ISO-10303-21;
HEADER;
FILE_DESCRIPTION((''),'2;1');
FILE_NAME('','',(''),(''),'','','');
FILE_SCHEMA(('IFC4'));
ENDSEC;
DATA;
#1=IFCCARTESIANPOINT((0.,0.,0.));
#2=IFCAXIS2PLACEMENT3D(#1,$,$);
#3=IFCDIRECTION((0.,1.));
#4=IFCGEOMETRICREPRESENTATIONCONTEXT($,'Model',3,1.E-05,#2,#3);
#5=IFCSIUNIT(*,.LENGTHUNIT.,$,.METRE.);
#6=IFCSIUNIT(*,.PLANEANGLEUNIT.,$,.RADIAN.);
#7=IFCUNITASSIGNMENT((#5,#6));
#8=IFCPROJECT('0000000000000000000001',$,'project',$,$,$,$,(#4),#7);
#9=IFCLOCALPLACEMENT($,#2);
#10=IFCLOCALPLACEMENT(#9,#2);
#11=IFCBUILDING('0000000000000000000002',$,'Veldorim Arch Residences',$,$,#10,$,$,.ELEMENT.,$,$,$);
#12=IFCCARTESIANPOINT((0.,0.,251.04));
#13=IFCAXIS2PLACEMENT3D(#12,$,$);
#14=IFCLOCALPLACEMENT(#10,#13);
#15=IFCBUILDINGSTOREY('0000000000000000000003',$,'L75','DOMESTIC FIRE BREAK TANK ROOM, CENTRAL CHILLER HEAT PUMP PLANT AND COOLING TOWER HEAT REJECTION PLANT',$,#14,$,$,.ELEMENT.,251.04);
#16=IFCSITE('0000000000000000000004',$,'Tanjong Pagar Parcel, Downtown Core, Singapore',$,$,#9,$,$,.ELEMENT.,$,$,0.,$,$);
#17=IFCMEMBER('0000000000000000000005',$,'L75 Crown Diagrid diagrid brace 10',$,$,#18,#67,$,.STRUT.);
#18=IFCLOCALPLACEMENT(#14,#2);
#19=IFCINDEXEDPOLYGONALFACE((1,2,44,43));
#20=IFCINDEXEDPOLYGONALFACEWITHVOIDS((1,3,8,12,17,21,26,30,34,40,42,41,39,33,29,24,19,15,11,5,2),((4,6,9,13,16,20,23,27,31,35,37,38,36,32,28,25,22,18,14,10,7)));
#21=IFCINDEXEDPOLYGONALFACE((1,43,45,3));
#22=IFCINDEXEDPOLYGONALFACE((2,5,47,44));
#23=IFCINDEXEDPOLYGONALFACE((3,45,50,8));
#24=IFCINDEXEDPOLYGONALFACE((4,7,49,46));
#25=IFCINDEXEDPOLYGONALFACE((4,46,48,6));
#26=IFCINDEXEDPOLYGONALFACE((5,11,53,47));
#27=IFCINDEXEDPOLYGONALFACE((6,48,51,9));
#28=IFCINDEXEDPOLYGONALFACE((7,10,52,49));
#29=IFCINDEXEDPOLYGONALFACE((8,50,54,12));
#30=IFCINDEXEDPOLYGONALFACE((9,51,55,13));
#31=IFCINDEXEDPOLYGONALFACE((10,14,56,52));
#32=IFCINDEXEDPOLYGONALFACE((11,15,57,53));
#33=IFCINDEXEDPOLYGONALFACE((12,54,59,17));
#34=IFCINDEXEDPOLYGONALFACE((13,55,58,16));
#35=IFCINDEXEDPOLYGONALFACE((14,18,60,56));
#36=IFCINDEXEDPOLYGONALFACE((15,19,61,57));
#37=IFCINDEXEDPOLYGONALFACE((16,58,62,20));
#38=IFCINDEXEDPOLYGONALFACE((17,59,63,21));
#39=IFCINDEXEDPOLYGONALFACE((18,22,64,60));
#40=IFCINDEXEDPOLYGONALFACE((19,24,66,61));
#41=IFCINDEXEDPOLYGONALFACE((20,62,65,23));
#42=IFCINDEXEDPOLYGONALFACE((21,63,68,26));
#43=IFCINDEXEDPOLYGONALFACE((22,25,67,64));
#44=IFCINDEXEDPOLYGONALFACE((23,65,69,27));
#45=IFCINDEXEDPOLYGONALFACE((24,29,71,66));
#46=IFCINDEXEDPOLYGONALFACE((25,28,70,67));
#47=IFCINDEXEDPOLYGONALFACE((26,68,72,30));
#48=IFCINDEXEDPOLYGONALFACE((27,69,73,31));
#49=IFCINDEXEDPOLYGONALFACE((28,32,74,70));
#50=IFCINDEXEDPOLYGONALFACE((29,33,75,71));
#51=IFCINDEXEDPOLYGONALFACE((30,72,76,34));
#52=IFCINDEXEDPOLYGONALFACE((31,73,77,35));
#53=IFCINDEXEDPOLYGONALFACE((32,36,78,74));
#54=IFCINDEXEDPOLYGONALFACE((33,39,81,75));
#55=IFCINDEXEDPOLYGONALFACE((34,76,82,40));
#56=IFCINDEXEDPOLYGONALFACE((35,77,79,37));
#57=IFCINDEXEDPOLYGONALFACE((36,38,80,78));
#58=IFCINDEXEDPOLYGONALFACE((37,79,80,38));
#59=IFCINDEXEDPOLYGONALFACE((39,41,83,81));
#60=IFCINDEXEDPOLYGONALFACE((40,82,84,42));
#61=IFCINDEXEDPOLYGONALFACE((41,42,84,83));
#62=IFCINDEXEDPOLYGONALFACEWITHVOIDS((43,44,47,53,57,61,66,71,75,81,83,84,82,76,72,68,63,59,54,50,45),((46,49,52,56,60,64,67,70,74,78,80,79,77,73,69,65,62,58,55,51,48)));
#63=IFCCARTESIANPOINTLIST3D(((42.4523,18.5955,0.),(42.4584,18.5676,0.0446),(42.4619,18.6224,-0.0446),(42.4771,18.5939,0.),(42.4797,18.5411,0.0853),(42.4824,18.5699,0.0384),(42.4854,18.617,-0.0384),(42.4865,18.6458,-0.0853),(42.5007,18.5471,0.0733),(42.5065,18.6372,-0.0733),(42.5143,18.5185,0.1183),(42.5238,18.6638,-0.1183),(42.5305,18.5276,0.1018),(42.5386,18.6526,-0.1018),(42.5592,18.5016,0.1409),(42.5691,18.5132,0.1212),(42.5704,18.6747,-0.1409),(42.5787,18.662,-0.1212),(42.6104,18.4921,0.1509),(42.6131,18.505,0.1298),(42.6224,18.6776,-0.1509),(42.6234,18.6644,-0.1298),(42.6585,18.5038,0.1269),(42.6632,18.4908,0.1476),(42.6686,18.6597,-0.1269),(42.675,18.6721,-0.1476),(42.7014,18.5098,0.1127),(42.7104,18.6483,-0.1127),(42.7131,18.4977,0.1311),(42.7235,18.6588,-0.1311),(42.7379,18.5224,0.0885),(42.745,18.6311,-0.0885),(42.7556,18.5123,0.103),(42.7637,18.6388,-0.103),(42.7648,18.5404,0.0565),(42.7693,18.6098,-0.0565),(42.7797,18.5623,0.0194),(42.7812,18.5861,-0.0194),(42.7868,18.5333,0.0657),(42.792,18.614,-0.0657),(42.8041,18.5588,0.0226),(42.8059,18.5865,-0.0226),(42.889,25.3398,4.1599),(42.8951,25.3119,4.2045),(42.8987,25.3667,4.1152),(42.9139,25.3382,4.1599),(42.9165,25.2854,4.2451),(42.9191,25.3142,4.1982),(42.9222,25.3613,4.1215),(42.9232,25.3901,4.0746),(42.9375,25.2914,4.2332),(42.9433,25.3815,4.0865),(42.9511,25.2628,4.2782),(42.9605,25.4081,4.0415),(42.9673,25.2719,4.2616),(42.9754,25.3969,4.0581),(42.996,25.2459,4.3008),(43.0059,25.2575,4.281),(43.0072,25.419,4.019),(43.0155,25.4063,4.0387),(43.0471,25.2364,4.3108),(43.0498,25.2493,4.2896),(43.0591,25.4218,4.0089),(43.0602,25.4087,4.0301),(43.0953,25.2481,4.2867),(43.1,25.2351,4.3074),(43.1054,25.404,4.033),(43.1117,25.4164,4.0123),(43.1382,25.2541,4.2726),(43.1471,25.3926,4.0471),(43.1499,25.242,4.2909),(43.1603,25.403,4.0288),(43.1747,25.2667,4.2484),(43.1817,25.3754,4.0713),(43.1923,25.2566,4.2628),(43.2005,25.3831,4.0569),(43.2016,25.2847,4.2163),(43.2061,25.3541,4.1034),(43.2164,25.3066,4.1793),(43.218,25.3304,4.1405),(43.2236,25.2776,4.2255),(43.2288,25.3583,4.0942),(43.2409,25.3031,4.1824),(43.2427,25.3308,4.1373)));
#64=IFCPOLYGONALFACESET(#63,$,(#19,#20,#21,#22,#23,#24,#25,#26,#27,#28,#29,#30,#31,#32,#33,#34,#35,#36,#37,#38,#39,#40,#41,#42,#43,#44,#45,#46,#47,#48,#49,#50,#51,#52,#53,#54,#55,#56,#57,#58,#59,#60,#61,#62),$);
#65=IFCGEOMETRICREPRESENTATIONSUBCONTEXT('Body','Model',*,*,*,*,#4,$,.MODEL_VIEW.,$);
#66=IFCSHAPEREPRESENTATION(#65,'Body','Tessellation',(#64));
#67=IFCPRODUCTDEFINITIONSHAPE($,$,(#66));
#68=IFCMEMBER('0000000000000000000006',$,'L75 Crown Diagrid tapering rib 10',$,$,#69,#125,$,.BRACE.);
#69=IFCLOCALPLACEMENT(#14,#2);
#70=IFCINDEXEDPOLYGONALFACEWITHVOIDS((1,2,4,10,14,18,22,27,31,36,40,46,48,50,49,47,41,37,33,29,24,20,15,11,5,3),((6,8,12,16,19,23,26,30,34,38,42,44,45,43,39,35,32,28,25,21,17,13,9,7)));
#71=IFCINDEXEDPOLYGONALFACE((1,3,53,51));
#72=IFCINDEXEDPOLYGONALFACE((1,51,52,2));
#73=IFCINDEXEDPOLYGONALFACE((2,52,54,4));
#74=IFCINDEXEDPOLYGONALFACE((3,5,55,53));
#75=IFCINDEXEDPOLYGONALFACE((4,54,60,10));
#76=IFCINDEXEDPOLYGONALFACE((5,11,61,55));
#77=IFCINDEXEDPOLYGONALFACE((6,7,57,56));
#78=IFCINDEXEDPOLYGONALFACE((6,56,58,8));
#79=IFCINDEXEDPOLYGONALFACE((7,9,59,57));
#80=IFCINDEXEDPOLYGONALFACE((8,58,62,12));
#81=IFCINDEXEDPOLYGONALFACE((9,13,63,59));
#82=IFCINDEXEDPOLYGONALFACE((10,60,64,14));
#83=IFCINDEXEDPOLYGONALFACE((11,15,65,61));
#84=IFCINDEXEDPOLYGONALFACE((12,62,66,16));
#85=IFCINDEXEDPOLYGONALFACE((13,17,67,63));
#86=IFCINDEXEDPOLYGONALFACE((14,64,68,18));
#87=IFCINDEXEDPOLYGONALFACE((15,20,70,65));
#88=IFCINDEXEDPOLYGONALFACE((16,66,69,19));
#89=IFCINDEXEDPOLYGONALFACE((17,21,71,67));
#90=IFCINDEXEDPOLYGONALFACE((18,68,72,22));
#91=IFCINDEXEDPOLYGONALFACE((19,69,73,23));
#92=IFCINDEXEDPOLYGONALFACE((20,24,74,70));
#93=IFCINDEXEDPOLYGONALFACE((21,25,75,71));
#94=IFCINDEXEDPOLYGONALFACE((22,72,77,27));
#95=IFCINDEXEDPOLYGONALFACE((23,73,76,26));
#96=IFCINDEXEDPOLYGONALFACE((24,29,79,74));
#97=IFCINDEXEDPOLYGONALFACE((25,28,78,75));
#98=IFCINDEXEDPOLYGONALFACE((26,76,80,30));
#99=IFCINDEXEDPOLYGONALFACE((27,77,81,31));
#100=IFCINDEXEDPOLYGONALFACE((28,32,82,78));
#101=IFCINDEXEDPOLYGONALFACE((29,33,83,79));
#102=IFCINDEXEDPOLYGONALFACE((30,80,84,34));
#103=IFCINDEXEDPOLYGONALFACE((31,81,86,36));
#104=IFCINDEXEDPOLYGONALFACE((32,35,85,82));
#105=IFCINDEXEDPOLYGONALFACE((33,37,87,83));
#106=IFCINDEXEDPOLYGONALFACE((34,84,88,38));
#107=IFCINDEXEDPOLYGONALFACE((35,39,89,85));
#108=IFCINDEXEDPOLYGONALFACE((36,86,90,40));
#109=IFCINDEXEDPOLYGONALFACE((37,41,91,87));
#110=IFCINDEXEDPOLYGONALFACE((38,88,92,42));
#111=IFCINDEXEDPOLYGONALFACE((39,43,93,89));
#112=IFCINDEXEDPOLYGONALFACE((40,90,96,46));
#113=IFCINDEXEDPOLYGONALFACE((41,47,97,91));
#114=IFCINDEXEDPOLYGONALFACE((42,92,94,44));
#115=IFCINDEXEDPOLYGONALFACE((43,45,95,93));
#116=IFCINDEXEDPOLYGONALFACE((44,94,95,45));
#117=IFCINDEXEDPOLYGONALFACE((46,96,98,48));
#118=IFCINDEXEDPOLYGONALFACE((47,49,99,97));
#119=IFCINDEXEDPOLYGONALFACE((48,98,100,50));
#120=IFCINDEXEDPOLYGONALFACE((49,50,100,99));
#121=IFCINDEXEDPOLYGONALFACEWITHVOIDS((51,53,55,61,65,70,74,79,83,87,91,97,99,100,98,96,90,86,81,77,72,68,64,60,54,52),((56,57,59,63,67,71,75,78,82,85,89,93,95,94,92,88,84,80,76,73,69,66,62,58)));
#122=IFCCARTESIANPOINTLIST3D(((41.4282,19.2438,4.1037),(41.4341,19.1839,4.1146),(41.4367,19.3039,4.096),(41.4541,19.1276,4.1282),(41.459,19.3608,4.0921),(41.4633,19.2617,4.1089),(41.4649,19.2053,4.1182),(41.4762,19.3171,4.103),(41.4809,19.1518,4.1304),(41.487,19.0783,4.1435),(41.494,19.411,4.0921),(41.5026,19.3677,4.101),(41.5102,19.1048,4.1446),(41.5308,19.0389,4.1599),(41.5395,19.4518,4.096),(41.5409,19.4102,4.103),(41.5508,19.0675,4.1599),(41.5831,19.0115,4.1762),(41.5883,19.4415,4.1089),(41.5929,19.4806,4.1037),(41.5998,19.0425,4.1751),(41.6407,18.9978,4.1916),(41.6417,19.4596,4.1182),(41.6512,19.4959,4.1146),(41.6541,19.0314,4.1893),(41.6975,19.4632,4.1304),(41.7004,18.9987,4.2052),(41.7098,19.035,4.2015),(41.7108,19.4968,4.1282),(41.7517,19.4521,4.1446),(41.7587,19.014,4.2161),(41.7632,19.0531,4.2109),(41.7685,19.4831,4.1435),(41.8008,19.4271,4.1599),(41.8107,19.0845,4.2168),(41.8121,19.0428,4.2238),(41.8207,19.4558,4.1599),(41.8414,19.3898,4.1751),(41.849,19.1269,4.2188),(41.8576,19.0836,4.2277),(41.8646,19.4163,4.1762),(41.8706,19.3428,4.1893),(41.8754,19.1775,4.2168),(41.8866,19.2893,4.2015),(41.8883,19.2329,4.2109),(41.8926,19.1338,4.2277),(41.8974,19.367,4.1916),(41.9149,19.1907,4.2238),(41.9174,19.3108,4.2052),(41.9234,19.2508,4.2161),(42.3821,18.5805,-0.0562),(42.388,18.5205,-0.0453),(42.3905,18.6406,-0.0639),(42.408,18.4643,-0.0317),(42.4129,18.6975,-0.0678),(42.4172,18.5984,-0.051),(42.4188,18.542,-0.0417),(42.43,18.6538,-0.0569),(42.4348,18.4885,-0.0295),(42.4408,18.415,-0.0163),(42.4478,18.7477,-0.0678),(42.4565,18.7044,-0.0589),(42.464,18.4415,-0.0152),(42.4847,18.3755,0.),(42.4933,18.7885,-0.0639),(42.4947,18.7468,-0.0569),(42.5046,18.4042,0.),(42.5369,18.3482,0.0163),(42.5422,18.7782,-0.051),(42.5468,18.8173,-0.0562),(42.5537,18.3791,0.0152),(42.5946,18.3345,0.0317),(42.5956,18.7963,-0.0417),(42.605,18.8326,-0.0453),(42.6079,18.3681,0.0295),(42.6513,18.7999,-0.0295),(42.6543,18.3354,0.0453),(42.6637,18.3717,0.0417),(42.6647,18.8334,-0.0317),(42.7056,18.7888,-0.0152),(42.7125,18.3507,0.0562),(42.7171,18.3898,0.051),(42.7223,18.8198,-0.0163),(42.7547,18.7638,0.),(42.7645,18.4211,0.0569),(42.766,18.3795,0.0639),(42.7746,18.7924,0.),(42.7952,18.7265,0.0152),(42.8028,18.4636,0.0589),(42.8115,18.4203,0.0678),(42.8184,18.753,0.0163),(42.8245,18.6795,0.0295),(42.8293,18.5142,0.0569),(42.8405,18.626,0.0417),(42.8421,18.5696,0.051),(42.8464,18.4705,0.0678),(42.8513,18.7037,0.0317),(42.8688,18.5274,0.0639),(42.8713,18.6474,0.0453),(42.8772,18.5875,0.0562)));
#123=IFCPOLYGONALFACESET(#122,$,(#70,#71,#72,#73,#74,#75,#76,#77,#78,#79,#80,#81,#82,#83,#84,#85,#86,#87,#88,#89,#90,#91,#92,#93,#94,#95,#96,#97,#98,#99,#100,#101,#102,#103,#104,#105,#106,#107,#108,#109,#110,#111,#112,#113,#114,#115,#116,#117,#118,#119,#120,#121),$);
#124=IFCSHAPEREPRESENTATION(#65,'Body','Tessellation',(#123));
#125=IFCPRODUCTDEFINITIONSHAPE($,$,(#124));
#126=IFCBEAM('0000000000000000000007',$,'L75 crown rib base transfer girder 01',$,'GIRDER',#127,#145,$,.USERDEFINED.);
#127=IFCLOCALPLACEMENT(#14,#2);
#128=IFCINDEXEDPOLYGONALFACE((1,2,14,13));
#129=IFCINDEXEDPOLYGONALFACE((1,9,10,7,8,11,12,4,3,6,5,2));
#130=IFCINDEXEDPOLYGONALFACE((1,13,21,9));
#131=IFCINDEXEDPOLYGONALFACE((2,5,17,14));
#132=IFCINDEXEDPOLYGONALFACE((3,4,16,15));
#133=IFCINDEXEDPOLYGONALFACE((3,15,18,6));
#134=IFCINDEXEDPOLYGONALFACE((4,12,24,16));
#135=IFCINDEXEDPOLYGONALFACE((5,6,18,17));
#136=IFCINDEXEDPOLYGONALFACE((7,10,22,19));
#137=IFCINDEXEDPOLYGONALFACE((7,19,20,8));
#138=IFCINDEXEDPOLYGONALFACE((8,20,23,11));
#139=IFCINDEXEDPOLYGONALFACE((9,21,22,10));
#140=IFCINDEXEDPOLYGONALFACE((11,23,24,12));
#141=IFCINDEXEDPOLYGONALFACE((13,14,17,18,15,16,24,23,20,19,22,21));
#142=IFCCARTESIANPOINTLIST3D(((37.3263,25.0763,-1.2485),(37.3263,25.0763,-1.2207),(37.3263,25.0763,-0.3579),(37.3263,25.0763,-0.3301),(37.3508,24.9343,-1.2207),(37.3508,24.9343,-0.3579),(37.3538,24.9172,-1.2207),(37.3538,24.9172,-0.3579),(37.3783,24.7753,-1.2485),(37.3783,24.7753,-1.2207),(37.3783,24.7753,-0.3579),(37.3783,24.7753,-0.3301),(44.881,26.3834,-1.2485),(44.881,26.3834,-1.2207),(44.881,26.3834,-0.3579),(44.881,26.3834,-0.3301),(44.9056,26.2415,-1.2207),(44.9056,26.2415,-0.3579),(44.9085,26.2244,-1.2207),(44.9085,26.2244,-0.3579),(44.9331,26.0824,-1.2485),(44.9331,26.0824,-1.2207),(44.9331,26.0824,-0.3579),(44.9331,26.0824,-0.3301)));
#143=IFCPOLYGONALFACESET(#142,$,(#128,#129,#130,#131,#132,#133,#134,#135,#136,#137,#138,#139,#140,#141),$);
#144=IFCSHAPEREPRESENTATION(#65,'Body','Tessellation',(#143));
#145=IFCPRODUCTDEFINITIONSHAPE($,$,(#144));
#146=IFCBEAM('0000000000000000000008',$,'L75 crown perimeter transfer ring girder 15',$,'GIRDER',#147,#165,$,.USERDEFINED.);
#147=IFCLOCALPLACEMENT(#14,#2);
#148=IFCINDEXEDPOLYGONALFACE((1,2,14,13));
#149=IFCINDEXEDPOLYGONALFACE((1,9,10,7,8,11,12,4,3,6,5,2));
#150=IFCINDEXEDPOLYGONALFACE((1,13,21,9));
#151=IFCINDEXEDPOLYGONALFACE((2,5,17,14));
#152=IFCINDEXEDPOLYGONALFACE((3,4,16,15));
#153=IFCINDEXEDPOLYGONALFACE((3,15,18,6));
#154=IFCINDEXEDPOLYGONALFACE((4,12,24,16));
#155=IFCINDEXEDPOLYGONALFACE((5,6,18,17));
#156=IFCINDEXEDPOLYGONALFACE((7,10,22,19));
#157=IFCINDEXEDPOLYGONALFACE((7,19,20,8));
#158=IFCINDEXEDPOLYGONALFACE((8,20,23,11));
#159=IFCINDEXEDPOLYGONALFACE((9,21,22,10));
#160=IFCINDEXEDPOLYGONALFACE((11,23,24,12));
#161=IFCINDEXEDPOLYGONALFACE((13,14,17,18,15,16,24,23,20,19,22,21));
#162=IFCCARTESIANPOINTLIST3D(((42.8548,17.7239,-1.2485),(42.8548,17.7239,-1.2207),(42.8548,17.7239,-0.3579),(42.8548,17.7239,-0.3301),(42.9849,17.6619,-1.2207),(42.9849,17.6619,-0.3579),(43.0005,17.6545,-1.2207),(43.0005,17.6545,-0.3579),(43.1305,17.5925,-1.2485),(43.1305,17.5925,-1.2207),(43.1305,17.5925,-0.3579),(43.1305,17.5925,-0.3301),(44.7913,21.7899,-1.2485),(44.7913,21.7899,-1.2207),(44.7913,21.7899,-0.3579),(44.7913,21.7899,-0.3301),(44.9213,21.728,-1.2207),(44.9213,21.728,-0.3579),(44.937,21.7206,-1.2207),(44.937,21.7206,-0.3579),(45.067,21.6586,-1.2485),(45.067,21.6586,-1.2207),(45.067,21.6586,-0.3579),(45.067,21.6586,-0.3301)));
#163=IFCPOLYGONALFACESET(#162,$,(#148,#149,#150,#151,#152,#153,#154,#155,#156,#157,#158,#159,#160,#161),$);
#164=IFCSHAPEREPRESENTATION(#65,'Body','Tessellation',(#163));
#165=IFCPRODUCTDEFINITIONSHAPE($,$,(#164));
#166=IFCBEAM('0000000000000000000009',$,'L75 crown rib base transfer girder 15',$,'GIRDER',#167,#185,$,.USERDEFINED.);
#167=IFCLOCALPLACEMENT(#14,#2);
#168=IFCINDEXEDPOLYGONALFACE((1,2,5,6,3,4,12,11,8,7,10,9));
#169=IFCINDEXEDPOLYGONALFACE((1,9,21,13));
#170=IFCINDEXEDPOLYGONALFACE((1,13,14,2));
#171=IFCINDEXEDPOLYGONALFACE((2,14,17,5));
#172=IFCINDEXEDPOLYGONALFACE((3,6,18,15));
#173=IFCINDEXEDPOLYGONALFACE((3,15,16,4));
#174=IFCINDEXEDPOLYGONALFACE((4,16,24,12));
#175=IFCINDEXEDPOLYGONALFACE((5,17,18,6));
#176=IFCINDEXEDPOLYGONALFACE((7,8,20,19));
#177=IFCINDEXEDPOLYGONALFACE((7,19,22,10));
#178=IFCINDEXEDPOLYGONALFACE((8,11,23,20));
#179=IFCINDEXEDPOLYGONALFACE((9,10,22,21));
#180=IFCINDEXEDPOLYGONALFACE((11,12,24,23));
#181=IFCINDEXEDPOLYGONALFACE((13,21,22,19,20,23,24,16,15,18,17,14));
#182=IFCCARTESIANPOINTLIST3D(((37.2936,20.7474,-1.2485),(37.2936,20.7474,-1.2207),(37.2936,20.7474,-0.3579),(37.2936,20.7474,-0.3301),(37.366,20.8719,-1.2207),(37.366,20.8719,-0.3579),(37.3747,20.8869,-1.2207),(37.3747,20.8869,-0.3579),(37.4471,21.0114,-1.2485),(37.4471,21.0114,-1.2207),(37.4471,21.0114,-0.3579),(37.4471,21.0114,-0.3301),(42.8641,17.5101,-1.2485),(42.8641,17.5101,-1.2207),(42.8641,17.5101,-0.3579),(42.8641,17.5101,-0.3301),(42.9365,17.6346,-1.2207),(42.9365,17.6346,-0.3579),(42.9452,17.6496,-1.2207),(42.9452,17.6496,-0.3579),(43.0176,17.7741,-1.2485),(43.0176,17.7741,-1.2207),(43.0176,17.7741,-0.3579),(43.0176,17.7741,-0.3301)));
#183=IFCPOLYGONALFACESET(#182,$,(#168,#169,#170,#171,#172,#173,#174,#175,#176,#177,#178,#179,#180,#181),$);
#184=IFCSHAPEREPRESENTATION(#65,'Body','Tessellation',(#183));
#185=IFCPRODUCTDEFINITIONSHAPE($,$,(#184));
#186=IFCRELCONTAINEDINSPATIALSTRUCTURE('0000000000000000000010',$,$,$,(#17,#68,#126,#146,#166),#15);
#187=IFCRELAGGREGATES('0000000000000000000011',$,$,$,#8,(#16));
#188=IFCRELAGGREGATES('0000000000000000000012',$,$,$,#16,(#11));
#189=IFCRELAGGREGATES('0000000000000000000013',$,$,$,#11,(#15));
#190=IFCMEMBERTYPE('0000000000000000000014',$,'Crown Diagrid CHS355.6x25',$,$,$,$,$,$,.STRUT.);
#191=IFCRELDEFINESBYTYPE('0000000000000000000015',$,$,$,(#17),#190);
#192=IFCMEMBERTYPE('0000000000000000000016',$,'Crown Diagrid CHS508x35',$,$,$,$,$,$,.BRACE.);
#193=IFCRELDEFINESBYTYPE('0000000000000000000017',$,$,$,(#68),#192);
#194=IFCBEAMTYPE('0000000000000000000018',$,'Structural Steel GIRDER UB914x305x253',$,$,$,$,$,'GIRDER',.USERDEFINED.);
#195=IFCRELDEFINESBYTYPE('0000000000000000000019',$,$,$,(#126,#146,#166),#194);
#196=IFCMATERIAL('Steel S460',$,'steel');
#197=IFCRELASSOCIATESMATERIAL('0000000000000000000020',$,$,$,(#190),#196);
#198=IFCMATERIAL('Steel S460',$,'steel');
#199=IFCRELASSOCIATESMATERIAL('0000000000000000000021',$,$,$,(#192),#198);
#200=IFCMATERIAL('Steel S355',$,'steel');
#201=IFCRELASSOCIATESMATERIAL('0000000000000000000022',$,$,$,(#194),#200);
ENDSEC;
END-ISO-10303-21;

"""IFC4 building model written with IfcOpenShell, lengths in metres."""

from ifc_helpers import new_model, si_unit, direction, frame, origin, origin_2d, place, context, subcontext, project, spatial, hollow_circle, i_section, extrude, material, material_profile, profile_set, type_object, element, save


model = new_model("IFC4")

# Units and contexts
model_context = context("Model", 3, precision=1e-05, world=origin(), true_north=direction((0.0, 1.0)))
body_context = subcontext(model_context, "Body", "Model", "MODEL_VIEW")
ifc_project = project(units=[si_unit("LENGTHUNIT", "METRE"), si_unit("PLANEANGLEUNIT", "RADIAN")], contexts=[model_context])

# Site, building, storey
site_placement = place(None, origin())
site = spatial("IfcSite", under=ifc_project, at=site_placement, Name="Tanjong Pagar Parcel, Downtown Core, Singapore", CompositionType="ELEMENT", RefElevation=0.0)
building_placement = place(site_placement, origin())
building = spatial("IfcBuilding", under=site, at=building_placement, Name="Veldorim Arch Residences", CompositionType="ELEMENT")
storey_placement = place(building_placement, frame((0.0, 0.0, 251.04)))
storey = spatial("IfcBuildingStorey", under=building, at=storey_placement, Name="L75", Description="DOMESTIC FIRE BREAK TANK ROOM, CENTRAL CHILLER HEAT PUMP PLANT AND COOLING TOWER HEAT REJECTION PLANT", CompositionType="ELEMENT", Elevation=251.04)

# Members
ifc_material_1 = material(Name="Steel S460", Category="steel")
ifc_material_profile_1 = material_profile(ifc_material_1, hollow_circle(Radius=0.1777, WallThickness=0.0249, at=origin_2d()), Name="CHS355.6x25")
ifc_profile_set_1 = profile_set([ifc_material_profile_1], Name="Steel S460")
member_type_1 = type_object("IfcMemberType", Name="Crown Diagrid CHS355.6x25", PredefinedType="STRUT", material=ifc_profile_set_1)
member_1_placement = place(storey_placement, frame((42.6296, 18.584, 0.0), z_axis=(0.055035, 0.849832, 0.524173), x_axis=(-0.99791, 0.064625, 0.0)))
element("IfcMember", 1, at=member_1_placement, inside=storey, type_object=member_type_1, Name="L75 Crown Diagrid diagrid brace 10", PredefinedType="STRUT", context=body_context, shape_type="SweptSolid", body=[
    extrude(hollow_circle(Radius=0.1777, WallThickness=0.0249, at=origin_2d()), origin(), (0.0, 0.0, 1.0), 7.936),
])
ifc_material_2 = material(Name="Steel S460", Category="steel")
ifc_material_profile_2 = material_profile(ifc_material_2, hollow_circle(Radius=0.2539, WallThickness=0.0349, at=origin_2d()), Name="CHS508x35")
ifc_profile_set_2 = profile_set([ifc_material_profile_2], Name="Steel S460")
member_type_2 = type_object("IfcMemberType", Name="Crown Diagrid CHS508x35", PredefinedType="BRACE", material=ifc_profile_set_2)
member_2_placement = place(storey_placement, frame((42.6296, 18.584, 0.0), z_axis=(-0.220846, 0.15358, 0.963141), x_axis=(-0.570935, -0.820995, 0.0)))
element("IfcMember", 2, at=member_2_placement, inside=storey, type_object=member_type_2, Name="L75 Crown Diagrid tapering rib 10", PredefinedType="BRACE", context=body_context, shape_type="SweptSolid", body=[
    extrude(hollow_circle(Radius=0.2539, WallThickness=0.0349, at=origin_2d()), origin(), (0.0, 0.0, 1.0), 4.3191),
])

# Beams
ifc_material_3 = material(Name="Steel S355", Category="steel")
ifc_material_profile_3 = material_profile(ifc_material_3, i_section(OverallWidth=0.3054, OverallDepth=0.9185, WebThickness=0.0173, FlangeThickness=0.0278, at=origin_2d()), Name="UB914x305x253")
ifc_profile_set_3 = profile_set([ifc_material_profile_3], Name="Steel S355")
beam_type = type_object("IfcBeamType", Name="Structural Steel GIRDER UB914x305x253", ElementType="GIRDER", PredefinedType="USERDEFINED", material=ifc_profile_set_3)
beam_1_placement = place(storey_placement, frame((37.3523, 24.9258, -0.7893), z_axis=(0.98536, 0.170489, 0.0), x_axis=(-0.170489, 0.98536, 0.0)))
element("IfcBeam", 3, at=beam_1_placement, inside=storey, type_object=beam_type, Name="L75 crown rib base transfer girder 01", ObjectType="GIRDER", PredefinedType="USERDEFINED", context=body_context, shape_type="SweptSolid", body=[
    extrude(i_section(OverallWidth=0.3054, OverallDepth=0.9185, WebThickness=0.0173, FlangeThickness=0.0278, at=origin_2d()), origin(), (0.0, 0.0, 1.0), 7.667),
])
beam_2_placement = place(storey_placement, frame((42.9927, 17.6582, -0.7893), z_axis=(0.42998, 0.902838, 0.0), x_axis=(-0.902838, 0.42998, 0.0)))
element("IfcBeam", 4, at=beam_2_placement, inside=storey, type_object=beam_type, Name="L75 crown perimeter transfer ring girder 15", ObjectType="GIRDER", PredefinedType="USERDEFINED", context=body_context, shape_type="SweptSolid", body=[
    extrude(i_section(OverallWidth=0.3054, OverallDepth=0.9185, WebThickness=0.0173, FlangeThickness=0.0278, at=origin_2d()), origin(), (0.0, 0.0, 1.0), 4.5037),
])
beam_3_placement = place(storey_placement, frame((37.3704, 20.8794, -0.7893), z_axis=(0.864601, -0.502459, 0.0), x_axis=(0.502459, 0.864601, 0.0)))
element("IfcBeam", 5, at=beam_3_placement, inside=storey, type_object=beam_type, Name="L75 crown rib base transfer girder 15", ObjectType="GIRDER", PredefinedType="USERDEFINED", context=body_context, shape_type="SweptSolid", body=[
    extrude(i_section(OverallWidth=0.3054, OverallDepth=0.9185, WebThickness=0.0173, FlangeThickness=0.0278, at=origin_2d()), origin(), (0.0, 0.0, 1.0), 6.4429),
])

save(model, "model.ifc")
